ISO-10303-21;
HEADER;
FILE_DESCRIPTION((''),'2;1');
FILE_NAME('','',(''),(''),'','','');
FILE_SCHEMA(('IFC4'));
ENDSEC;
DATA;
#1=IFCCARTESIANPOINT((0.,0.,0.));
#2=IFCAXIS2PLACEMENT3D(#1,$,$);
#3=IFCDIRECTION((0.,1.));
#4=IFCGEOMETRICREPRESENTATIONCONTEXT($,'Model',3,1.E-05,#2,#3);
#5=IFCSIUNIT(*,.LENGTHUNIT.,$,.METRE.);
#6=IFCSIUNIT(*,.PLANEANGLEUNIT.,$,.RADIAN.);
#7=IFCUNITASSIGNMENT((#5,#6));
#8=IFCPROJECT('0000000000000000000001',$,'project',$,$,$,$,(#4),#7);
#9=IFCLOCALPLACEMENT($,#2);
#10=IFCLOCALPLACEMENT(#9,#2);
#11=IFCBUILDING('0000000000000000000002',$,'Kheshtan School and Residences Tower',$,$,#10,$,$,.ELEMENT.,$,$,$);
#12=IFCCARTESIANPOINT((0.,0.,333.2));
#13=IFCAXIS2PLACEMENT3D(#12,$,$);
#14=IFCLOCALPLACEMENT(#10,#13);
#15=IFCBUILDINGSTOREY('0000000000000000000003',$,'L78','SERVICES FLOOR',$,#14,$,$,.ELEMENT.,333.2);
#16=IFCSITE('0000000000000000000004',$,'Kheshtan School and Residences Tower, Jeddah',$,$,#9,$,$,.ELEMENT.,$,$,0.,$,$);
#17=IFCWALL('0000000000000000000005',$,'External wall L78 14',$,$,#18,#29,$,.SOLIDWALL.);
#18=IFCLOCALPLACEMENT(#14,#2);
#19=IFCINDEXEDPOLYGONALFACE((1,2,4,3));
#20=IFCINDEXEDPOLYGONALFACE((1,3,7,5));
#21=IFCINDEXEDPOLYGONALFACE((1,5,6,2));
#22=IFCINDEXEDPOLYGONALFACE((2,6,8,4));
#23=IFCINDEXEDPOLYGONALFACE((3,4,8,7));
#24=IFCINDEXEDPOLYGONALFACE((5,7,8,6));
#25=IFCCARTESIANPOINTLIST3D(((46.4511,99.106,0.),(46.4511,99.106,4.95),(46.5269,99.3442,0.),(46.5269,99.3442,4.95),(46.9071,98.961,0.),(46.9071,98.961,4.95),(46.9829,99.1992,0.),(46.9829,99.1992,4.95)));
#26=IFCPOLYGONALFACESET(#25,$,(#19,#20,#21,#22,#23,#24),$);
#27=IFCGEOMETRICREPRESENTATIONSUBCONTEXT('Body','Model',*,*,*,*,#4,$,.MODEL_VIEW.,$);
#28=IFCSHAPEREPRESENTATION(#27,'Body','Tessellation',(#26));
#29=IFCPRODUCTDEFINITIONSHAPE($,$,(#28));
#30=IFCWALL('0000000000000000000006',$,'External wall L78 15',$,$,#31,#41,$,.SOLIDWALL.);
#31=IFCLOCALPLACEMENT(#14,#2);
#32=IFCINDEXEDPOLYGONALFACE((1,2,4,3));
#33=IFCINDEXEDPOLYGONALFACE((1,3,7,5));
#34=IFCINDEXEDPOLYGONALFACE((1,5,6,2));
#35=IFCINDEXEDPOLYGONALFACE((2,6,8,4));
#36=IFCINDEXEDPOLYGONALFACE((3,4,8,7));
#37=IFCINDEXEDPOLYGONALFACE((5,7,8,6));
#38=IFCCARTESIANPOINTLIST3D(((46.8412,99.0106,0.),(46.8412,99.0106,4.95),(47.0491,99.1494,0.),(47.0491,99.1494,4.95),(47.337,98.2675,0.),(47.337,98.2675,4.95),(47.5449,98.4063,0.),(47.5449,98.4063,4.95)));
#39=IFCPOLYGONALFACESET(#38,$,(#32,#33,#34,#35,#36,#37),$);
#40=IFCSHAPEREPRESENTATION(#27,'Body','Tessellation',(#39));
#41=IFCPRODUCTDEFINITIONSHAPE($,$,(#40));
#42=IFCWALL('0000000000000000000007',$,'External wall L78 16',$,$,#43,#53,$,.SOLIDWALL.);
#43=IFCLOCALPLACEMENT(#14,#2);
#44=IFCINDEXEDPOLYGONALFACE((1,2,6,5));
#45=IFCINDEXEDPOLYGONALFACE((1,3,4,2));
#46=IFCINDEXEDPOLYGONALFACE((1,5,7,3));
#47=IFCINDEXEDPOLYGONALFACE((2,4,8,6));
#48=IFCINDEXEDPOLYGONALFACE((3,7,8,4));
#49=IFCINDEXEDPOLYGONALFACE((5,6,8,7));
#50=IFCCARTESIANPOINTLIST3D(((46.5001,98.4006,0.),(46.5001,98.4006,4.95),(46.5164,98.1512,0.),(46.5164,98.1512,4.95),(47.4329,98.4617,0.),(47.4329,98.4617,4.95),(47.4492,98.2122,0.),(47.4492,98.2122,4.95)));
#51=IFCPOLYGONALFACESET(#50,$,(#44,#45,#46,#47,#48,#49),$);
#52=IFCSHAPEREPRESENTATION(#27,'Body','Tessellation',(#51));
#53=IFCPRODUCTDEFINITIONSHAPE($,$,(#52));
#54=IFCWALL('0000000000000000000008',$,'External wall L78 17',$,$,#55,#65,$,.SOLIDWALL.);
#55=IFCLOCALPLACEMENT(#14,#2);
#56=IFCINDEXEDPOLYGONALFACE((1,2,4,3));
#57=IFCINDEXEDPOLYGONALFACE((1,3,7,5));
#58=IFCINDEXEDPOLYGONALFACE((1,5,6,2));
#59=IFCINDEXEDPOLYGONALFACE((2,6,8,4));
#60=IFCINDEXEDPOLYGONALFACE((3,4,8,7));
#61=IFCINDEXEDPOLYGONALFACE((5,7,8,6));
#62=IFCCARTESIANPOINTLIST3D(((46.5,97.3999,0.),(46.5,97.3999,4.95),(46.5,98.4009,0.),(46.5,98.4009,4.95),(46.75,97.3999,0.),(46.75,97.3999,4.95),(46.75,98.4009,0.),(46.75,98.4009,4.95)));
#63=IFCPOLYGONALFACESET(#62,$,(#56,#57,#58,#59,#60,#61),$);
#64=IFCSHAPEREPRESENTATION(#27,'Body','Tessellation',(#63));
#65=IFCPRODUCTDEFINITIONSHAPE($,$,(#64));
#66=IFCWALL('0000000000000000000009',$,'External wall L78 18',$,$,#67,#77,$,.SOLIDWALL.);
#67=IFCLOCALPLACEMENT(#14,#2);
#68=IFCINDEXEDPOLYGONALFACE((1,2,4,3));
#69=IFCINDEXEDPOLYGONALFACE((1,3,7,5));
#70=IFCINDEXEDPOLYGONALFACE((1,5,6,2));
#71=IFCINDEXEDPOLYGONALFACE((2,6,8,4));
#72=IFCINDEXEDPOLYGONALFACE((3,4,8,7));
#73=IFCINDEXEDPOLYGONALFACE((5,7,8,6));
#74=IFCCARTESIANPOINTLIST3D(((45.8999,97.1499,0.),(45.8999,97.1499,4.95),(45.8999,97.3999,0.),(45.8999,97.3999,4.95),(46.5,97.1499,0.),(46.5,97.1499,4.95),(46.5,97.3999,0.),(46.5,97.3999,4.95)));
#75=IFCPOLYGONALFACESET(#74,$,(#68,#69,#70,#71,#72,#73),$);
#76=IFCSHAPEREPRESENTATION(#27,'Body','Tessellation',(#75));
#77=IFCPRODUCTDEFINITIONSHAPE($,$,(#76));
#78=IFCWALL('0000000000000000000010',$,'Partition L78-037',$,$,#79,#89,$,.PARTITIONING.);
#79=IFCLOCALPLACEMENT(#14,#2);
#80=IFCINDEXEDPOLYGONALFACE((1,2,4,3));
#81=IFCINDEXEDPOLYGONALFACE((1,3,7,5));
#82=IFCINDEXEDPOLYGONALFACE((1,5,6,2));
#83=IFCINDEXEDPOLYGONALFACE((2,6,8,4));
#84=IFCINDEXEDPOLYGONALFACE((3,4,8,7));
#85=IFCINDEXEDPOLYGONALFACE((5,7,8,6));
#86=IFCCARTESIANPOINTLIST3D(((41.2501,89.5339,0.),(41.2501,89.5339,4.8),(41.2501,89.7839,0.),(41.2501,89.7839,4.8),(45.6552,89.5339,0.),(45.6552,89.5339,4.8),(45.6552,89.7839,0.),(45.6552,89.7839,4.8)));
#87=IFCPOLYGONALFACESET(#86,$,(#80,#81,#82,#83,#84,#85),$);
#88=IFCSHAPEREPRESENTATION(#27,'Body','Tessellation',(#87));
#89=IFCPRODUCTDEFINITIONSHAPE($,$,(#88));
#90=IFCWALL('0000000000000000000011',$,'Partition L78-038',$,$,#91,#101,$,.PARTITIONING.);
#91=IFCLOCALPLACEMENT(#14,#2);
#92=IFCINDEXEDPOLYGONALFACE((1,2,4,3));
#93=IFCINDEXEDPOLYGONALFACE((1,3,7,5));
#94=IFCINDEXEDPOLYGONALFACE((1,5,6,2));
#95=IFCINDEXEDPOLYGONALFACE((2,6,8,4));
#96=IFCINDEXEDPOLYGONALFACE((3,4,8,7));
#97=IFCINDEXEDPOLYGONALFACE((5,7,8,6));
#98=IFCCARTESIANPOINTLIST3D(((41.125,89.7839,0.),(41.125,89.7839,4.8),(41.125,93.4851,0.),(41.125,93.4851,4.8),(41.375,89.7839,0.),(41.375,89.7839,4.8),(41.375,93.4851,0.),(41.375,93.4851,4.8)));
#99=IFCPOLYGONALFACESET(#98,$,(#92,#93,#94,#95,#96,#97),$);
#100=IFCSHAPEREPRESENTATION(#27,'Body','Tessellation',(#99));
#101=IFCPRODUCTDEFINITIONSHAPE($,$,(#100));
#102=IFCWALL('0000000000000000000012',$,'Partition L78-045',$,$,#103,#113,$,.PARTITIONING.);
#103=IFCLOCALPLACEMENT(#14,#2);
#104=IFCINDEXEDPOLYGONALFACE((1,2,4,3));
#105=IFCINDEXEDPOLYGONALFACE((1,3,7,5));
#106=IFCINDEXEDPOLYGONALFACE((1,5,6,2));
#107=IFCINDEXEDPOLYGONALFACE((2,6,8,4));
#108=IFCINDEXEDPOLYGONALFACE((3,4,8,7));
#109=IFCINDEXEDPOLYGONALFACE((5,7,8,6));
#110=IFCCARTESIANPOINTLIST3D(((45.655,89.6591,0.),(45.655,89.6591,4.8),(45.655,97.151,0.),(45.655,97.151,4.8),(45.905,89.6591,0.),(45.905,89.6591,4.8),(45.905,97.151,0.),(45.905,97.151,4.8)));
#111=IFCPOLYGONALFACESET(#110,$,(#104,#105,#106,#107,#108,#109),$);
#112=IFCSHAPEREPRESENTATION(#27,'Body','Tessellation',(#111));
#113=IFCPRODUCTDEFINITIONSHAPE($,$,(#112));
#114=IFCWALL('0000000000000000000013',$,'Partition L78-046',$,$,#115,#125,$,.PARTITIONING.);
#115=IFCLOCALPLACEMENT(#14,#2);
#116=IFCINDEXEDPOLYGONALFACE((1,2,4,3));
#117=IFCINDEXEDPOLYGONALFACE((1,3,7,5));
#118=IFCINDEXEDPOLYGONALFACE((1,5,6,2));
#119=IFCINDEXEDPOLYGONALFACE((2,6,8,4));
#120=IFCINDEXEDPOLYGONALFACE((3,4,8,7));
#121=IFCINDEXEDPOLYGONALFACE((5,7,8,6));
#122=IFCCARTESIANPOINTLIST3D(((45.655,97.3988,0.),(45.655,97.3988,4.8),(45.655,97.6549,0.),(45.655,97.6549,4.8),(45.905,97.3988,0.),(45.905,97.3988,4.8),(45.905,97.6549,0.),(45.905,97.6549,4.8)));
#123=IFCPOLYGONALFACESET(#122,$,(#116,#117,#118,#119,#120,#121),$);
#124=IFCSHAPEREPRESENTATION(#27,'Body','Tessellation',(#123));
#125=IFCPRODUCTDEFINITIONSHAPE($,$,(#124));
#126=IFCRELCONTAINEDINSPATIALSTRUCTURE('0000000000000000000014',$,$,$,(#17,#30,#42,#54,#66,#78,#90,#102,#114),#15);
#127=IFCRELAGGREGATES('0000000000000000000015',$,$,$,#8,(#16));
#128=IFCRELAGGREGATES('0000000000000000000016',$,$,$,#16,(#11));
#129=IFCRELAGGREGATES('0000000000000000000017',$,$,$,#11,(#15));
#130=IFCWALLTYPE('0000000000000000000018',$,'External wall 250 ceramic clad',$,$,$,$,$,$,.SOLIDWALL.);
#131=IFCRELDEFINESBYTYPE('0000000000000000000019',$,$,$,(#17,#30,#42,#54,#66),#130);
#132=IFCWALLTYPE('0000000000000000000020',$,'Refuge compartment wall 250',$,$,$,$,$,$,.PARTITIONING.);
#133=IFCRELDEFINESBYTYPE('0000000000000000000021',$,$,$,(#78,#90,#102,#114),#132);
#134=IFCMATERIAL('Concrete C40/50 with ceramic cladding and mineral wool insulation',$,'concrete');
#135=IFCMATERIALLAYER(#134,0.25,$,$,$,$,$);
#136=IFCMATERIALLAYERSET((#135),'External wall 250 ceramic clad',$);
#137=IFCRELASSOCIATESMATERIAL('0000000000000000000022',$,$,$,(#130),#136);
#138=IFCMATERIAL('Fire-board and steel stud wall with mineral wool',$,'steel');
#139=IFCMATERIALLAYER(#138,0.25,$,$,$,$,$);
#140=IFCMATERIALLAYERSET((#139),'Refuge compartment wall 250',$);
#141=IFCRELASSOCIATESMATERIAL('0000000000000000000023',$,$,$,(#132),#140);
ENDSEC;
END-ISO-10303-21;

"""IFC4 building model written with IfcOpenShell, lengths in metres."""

from ifc_helpers import new_model, si_unit, direction, frame, frame_2d, origin, place, context, subcontext, project, spatial, rectangle, extrude, material, layer, layer_set, type_object, element, save


model = new_model("IFC4")

# Units and contexts
model_context = context("Model", 3, precision=1e-05, world=origin(), true_north=direction((0.0, 1.0)))
body_context = subcontext(model_context, "Body", "Model", "MODEL_VIEW")
ifc_project = project(units=[si_unit("LENGTHUNIT", "METRE"), si_unit("PLANEANGLEUNIT", "RADIAN")], contexts=[model_context])

# Site, building, storey
site_placement = place(None, origin())
site = spatial("IfcSite", under=ifc_project, at=site_placement, Name="Kheshtan School and Residences Tower, Jeddah", CompositionType="ELEMENT", RefElevation=0.0)
building_placement = place(site_placement, origin())
building = spatial("IfcBuilding", under=site, at=building_placement, Name="Kheshtan School and Residences Tower", CompositionType="ELEMENT")
storey_placement = place(building_placement, frame((0.0, 0.0, 333.2)))
storey = spatial("IfcBuildingStorey", under=building, at=storey_placement, Name="L78", Description="SERVICES FLOOR", CompositionType="ELEMENT", Elevation=333.2)

# Walls
ifc_material_1 = material(Name="Concrete C40/50 with ceramic cladding and mineral wool insulation", Category="concrete")
ifc_layer_1 = layer(ifc_material_1, 0.25)
ifc_layer_set_1 = layer_set([ifc_layer_1], Name="External wall 250 ceramic clad")
wall_type_1 = type_object("IfcWallType", Name="External wall 250 ceramic clad", PredefinedType="SOLIDWALL", material=ifc_layer_set_1)
wall_1_placement = place(storey_placement, frame((46.489, 99.2251, 0.0), z_axis=(0.0, 0.0, 1.0), x_axis=(0.952979, -0.303035, 0.0)))
element("IfcWall", 1, at=wall_1_placement, inside=storey, type_object=wall_type_1, Name="External wall L78 14", PredefinedType="SOLIDWALL", context=body_context, shape_type="SweptSolid", body=[
    extrude(rectangle(XDim=0.4785, YDim=0.25, at=frame_2d((0.2393, 0.0))), origin(), (0.0, 0.0, 1.0), 4.95),
])
wall_2_placement = place(storey_placement, frame((46.9451, 99.0801, 0.0), z_axis=(0.0, 0.0, 1.0), x_axis=(0.555015, -0.83184, 0.0)))
element("IfcWall", 2, at=wall_2_placement, inside=storey, type_object=wall_type_1, Name="External wall L78 15", PredefinedType="SOLIDWALL", context=body_context, shape_type="SweptSolid", body=[
    extrude(rectangle(XDim=0.8933, YDim=0.25, at=frame_2d((0.4468, 0.0))), origin(), (0.0, 0.0, 1.0), 4.95),
])
wall_3_placement = place(storey_placement, frame((47.4409, 98.3369, 0.0), z_axis=(0.0, 0.0, 1.0), x_axis=(-0.997866, -0.065288, 0.0)))
element("IfcWall", 3, at=wall_3_placement, inside=storey, type_object=wall_type_1, Name="External wall L78 16", PredefinedType="SOLIDWALL", context=body_context, shape_type="SweptSolid", body=[
    extrude(rectangle(XDim=0.9348, YDim=0.25, at=frame_2d((0.4673, 0.0))), origin(), (0.0, 0.0, 1.0), 4.95),
])
wall_4_placement = place(storey_placement, frame((46.625, 98.4009, 0.0), z_axis=(0.0, 0.0, 1.0), x_axis=(0.0, -1.0, 0.0)))
element("IfcWall", 4, at=wall_4_placement, inside=storey, type_object=wall_type_1, Name="External wall L78 17", PredefinedType="SOLIDWALL", context=body_context, shape_type="SweptSolid", body=[
    extrude(rectangle(XDim=1.001, YDim=0.25, at=frame_2d((0.5005, 0.0))), origin(), (0.0, 0.0, 1.0), 4.95),
])
wall_5_placement = place(storey_placement, frame((46.5, 97.2749, 0.0), z_axis=(0.0, 0.0, 1.0), x_axis=(-1.0, 0.0, 0.0)))
element("IfcWall", 5, at=wall_5_placement, inside=storey, type_object=wall_type_1, Name="External wall L78 18", PredefinedType="SOLIDWALL", context=body_context, shape_type="SweptSolid", body=[
    extrude(rectangle(XDim=0.6001, YDim=0.25, at=frame_2d((0.3, 0.0))), origin(), (0.0, 0.0, 1.0), 4.95),
])
ifc_material_2 = material(Name="Fire-board and steel stud wall with mineral wool", Category="steel")
ifc_layer_2 = layer(ifc_material_2, 0.25)
ifc_layer_set_2 = layer_set([ifc_layer_2], Name="Refuge compartment wall 250")
wall_type_2 = type_object("IfcWallType", Name="Refuge compartment wall 250", PredefinedType="PARTITIONING", material=ifc_layer_set_2)
wall_6_placement = place(storey_placement, frame((41.25, 89.6589, 0.0), z_axis=(0.0, 0.0, 1.0), x_axis=(1.0, 0.0, 0.0)))
element("IfcWall", 6, at=wall_6_placement, inside=storey, type_object=wall_type_2, Name="Partition L78-037", PredefinedType="PARTITIONING", context=body_context, shape_type="SweptSolid", body=[
    extrude(rectangle(XDim=4.405, YDim=0.25, at=frame_2d((2.2026, 0.0))), origin(), (0.0, 0.0, 1.0), 4.8),
])
wall_7_placement = place(storey_placement, frame((41.25, 89.7839, 0.0), z_axis=(0.0, 0.0, 1.0), x_axis=(0.0, 1.0, 0.0)))
element("IfcWall", 7, at=wall_7_placement, inside=storey, type_object=wall_type_2, Name="Partition L78-038", PredefinedType="PARTITIONING", context=body_context, shape_type="SweptSolid", body=[
    extrude(rectangle(XDim=3.7012, YDim=0.25, at=frame_2d((1.8506, 0.0))), origin(), (0.0, 0.0, 1.0), 4.8),
])
wall_8_placement = place(storey_placement, frame((45.78, 89.6589, 0.0), z_axis=(0.0, 0.0, 1.0), x_axis=(0.0, 1.0, 0.0)))
element("IfcWall", 8, at=wall_8_placement, inside=storey, type_object=wall_type_2, Name="Partition L78-045", PredefinedType="PARTITIONING", context=body_context, shape_type="SweptSolid", body=[
    extrude(rectangle(XDim=7.4919, YDim=0.25, at=frame_2d((3.7461, 0.0))), origin(), (0.0, 0.0, 1.0), 4.8),
])
wall_9_placement = place(storey_placement, frame((45.78, 97.3989, 0.0), z_axis=(0.0, 0.0, 1.0), x_axis=(0.0, 1.0, 0.0)))
element("IfcWall", 9, at=wall_9_placement, inside=storey, type_object=wall_type_2, Name="Partition L78-046", PredefinedType="PARTITIONING", context=body_context, shape_type="SweptSolid", body=[
    extrude(rectangle(XDim=0.2561, YDim=0.25, at=frame_2d((0.1279, 0.0))), origin(), (0.0, 0.0, 1.0), 4.8),
])

save(model, "model.ifc")
